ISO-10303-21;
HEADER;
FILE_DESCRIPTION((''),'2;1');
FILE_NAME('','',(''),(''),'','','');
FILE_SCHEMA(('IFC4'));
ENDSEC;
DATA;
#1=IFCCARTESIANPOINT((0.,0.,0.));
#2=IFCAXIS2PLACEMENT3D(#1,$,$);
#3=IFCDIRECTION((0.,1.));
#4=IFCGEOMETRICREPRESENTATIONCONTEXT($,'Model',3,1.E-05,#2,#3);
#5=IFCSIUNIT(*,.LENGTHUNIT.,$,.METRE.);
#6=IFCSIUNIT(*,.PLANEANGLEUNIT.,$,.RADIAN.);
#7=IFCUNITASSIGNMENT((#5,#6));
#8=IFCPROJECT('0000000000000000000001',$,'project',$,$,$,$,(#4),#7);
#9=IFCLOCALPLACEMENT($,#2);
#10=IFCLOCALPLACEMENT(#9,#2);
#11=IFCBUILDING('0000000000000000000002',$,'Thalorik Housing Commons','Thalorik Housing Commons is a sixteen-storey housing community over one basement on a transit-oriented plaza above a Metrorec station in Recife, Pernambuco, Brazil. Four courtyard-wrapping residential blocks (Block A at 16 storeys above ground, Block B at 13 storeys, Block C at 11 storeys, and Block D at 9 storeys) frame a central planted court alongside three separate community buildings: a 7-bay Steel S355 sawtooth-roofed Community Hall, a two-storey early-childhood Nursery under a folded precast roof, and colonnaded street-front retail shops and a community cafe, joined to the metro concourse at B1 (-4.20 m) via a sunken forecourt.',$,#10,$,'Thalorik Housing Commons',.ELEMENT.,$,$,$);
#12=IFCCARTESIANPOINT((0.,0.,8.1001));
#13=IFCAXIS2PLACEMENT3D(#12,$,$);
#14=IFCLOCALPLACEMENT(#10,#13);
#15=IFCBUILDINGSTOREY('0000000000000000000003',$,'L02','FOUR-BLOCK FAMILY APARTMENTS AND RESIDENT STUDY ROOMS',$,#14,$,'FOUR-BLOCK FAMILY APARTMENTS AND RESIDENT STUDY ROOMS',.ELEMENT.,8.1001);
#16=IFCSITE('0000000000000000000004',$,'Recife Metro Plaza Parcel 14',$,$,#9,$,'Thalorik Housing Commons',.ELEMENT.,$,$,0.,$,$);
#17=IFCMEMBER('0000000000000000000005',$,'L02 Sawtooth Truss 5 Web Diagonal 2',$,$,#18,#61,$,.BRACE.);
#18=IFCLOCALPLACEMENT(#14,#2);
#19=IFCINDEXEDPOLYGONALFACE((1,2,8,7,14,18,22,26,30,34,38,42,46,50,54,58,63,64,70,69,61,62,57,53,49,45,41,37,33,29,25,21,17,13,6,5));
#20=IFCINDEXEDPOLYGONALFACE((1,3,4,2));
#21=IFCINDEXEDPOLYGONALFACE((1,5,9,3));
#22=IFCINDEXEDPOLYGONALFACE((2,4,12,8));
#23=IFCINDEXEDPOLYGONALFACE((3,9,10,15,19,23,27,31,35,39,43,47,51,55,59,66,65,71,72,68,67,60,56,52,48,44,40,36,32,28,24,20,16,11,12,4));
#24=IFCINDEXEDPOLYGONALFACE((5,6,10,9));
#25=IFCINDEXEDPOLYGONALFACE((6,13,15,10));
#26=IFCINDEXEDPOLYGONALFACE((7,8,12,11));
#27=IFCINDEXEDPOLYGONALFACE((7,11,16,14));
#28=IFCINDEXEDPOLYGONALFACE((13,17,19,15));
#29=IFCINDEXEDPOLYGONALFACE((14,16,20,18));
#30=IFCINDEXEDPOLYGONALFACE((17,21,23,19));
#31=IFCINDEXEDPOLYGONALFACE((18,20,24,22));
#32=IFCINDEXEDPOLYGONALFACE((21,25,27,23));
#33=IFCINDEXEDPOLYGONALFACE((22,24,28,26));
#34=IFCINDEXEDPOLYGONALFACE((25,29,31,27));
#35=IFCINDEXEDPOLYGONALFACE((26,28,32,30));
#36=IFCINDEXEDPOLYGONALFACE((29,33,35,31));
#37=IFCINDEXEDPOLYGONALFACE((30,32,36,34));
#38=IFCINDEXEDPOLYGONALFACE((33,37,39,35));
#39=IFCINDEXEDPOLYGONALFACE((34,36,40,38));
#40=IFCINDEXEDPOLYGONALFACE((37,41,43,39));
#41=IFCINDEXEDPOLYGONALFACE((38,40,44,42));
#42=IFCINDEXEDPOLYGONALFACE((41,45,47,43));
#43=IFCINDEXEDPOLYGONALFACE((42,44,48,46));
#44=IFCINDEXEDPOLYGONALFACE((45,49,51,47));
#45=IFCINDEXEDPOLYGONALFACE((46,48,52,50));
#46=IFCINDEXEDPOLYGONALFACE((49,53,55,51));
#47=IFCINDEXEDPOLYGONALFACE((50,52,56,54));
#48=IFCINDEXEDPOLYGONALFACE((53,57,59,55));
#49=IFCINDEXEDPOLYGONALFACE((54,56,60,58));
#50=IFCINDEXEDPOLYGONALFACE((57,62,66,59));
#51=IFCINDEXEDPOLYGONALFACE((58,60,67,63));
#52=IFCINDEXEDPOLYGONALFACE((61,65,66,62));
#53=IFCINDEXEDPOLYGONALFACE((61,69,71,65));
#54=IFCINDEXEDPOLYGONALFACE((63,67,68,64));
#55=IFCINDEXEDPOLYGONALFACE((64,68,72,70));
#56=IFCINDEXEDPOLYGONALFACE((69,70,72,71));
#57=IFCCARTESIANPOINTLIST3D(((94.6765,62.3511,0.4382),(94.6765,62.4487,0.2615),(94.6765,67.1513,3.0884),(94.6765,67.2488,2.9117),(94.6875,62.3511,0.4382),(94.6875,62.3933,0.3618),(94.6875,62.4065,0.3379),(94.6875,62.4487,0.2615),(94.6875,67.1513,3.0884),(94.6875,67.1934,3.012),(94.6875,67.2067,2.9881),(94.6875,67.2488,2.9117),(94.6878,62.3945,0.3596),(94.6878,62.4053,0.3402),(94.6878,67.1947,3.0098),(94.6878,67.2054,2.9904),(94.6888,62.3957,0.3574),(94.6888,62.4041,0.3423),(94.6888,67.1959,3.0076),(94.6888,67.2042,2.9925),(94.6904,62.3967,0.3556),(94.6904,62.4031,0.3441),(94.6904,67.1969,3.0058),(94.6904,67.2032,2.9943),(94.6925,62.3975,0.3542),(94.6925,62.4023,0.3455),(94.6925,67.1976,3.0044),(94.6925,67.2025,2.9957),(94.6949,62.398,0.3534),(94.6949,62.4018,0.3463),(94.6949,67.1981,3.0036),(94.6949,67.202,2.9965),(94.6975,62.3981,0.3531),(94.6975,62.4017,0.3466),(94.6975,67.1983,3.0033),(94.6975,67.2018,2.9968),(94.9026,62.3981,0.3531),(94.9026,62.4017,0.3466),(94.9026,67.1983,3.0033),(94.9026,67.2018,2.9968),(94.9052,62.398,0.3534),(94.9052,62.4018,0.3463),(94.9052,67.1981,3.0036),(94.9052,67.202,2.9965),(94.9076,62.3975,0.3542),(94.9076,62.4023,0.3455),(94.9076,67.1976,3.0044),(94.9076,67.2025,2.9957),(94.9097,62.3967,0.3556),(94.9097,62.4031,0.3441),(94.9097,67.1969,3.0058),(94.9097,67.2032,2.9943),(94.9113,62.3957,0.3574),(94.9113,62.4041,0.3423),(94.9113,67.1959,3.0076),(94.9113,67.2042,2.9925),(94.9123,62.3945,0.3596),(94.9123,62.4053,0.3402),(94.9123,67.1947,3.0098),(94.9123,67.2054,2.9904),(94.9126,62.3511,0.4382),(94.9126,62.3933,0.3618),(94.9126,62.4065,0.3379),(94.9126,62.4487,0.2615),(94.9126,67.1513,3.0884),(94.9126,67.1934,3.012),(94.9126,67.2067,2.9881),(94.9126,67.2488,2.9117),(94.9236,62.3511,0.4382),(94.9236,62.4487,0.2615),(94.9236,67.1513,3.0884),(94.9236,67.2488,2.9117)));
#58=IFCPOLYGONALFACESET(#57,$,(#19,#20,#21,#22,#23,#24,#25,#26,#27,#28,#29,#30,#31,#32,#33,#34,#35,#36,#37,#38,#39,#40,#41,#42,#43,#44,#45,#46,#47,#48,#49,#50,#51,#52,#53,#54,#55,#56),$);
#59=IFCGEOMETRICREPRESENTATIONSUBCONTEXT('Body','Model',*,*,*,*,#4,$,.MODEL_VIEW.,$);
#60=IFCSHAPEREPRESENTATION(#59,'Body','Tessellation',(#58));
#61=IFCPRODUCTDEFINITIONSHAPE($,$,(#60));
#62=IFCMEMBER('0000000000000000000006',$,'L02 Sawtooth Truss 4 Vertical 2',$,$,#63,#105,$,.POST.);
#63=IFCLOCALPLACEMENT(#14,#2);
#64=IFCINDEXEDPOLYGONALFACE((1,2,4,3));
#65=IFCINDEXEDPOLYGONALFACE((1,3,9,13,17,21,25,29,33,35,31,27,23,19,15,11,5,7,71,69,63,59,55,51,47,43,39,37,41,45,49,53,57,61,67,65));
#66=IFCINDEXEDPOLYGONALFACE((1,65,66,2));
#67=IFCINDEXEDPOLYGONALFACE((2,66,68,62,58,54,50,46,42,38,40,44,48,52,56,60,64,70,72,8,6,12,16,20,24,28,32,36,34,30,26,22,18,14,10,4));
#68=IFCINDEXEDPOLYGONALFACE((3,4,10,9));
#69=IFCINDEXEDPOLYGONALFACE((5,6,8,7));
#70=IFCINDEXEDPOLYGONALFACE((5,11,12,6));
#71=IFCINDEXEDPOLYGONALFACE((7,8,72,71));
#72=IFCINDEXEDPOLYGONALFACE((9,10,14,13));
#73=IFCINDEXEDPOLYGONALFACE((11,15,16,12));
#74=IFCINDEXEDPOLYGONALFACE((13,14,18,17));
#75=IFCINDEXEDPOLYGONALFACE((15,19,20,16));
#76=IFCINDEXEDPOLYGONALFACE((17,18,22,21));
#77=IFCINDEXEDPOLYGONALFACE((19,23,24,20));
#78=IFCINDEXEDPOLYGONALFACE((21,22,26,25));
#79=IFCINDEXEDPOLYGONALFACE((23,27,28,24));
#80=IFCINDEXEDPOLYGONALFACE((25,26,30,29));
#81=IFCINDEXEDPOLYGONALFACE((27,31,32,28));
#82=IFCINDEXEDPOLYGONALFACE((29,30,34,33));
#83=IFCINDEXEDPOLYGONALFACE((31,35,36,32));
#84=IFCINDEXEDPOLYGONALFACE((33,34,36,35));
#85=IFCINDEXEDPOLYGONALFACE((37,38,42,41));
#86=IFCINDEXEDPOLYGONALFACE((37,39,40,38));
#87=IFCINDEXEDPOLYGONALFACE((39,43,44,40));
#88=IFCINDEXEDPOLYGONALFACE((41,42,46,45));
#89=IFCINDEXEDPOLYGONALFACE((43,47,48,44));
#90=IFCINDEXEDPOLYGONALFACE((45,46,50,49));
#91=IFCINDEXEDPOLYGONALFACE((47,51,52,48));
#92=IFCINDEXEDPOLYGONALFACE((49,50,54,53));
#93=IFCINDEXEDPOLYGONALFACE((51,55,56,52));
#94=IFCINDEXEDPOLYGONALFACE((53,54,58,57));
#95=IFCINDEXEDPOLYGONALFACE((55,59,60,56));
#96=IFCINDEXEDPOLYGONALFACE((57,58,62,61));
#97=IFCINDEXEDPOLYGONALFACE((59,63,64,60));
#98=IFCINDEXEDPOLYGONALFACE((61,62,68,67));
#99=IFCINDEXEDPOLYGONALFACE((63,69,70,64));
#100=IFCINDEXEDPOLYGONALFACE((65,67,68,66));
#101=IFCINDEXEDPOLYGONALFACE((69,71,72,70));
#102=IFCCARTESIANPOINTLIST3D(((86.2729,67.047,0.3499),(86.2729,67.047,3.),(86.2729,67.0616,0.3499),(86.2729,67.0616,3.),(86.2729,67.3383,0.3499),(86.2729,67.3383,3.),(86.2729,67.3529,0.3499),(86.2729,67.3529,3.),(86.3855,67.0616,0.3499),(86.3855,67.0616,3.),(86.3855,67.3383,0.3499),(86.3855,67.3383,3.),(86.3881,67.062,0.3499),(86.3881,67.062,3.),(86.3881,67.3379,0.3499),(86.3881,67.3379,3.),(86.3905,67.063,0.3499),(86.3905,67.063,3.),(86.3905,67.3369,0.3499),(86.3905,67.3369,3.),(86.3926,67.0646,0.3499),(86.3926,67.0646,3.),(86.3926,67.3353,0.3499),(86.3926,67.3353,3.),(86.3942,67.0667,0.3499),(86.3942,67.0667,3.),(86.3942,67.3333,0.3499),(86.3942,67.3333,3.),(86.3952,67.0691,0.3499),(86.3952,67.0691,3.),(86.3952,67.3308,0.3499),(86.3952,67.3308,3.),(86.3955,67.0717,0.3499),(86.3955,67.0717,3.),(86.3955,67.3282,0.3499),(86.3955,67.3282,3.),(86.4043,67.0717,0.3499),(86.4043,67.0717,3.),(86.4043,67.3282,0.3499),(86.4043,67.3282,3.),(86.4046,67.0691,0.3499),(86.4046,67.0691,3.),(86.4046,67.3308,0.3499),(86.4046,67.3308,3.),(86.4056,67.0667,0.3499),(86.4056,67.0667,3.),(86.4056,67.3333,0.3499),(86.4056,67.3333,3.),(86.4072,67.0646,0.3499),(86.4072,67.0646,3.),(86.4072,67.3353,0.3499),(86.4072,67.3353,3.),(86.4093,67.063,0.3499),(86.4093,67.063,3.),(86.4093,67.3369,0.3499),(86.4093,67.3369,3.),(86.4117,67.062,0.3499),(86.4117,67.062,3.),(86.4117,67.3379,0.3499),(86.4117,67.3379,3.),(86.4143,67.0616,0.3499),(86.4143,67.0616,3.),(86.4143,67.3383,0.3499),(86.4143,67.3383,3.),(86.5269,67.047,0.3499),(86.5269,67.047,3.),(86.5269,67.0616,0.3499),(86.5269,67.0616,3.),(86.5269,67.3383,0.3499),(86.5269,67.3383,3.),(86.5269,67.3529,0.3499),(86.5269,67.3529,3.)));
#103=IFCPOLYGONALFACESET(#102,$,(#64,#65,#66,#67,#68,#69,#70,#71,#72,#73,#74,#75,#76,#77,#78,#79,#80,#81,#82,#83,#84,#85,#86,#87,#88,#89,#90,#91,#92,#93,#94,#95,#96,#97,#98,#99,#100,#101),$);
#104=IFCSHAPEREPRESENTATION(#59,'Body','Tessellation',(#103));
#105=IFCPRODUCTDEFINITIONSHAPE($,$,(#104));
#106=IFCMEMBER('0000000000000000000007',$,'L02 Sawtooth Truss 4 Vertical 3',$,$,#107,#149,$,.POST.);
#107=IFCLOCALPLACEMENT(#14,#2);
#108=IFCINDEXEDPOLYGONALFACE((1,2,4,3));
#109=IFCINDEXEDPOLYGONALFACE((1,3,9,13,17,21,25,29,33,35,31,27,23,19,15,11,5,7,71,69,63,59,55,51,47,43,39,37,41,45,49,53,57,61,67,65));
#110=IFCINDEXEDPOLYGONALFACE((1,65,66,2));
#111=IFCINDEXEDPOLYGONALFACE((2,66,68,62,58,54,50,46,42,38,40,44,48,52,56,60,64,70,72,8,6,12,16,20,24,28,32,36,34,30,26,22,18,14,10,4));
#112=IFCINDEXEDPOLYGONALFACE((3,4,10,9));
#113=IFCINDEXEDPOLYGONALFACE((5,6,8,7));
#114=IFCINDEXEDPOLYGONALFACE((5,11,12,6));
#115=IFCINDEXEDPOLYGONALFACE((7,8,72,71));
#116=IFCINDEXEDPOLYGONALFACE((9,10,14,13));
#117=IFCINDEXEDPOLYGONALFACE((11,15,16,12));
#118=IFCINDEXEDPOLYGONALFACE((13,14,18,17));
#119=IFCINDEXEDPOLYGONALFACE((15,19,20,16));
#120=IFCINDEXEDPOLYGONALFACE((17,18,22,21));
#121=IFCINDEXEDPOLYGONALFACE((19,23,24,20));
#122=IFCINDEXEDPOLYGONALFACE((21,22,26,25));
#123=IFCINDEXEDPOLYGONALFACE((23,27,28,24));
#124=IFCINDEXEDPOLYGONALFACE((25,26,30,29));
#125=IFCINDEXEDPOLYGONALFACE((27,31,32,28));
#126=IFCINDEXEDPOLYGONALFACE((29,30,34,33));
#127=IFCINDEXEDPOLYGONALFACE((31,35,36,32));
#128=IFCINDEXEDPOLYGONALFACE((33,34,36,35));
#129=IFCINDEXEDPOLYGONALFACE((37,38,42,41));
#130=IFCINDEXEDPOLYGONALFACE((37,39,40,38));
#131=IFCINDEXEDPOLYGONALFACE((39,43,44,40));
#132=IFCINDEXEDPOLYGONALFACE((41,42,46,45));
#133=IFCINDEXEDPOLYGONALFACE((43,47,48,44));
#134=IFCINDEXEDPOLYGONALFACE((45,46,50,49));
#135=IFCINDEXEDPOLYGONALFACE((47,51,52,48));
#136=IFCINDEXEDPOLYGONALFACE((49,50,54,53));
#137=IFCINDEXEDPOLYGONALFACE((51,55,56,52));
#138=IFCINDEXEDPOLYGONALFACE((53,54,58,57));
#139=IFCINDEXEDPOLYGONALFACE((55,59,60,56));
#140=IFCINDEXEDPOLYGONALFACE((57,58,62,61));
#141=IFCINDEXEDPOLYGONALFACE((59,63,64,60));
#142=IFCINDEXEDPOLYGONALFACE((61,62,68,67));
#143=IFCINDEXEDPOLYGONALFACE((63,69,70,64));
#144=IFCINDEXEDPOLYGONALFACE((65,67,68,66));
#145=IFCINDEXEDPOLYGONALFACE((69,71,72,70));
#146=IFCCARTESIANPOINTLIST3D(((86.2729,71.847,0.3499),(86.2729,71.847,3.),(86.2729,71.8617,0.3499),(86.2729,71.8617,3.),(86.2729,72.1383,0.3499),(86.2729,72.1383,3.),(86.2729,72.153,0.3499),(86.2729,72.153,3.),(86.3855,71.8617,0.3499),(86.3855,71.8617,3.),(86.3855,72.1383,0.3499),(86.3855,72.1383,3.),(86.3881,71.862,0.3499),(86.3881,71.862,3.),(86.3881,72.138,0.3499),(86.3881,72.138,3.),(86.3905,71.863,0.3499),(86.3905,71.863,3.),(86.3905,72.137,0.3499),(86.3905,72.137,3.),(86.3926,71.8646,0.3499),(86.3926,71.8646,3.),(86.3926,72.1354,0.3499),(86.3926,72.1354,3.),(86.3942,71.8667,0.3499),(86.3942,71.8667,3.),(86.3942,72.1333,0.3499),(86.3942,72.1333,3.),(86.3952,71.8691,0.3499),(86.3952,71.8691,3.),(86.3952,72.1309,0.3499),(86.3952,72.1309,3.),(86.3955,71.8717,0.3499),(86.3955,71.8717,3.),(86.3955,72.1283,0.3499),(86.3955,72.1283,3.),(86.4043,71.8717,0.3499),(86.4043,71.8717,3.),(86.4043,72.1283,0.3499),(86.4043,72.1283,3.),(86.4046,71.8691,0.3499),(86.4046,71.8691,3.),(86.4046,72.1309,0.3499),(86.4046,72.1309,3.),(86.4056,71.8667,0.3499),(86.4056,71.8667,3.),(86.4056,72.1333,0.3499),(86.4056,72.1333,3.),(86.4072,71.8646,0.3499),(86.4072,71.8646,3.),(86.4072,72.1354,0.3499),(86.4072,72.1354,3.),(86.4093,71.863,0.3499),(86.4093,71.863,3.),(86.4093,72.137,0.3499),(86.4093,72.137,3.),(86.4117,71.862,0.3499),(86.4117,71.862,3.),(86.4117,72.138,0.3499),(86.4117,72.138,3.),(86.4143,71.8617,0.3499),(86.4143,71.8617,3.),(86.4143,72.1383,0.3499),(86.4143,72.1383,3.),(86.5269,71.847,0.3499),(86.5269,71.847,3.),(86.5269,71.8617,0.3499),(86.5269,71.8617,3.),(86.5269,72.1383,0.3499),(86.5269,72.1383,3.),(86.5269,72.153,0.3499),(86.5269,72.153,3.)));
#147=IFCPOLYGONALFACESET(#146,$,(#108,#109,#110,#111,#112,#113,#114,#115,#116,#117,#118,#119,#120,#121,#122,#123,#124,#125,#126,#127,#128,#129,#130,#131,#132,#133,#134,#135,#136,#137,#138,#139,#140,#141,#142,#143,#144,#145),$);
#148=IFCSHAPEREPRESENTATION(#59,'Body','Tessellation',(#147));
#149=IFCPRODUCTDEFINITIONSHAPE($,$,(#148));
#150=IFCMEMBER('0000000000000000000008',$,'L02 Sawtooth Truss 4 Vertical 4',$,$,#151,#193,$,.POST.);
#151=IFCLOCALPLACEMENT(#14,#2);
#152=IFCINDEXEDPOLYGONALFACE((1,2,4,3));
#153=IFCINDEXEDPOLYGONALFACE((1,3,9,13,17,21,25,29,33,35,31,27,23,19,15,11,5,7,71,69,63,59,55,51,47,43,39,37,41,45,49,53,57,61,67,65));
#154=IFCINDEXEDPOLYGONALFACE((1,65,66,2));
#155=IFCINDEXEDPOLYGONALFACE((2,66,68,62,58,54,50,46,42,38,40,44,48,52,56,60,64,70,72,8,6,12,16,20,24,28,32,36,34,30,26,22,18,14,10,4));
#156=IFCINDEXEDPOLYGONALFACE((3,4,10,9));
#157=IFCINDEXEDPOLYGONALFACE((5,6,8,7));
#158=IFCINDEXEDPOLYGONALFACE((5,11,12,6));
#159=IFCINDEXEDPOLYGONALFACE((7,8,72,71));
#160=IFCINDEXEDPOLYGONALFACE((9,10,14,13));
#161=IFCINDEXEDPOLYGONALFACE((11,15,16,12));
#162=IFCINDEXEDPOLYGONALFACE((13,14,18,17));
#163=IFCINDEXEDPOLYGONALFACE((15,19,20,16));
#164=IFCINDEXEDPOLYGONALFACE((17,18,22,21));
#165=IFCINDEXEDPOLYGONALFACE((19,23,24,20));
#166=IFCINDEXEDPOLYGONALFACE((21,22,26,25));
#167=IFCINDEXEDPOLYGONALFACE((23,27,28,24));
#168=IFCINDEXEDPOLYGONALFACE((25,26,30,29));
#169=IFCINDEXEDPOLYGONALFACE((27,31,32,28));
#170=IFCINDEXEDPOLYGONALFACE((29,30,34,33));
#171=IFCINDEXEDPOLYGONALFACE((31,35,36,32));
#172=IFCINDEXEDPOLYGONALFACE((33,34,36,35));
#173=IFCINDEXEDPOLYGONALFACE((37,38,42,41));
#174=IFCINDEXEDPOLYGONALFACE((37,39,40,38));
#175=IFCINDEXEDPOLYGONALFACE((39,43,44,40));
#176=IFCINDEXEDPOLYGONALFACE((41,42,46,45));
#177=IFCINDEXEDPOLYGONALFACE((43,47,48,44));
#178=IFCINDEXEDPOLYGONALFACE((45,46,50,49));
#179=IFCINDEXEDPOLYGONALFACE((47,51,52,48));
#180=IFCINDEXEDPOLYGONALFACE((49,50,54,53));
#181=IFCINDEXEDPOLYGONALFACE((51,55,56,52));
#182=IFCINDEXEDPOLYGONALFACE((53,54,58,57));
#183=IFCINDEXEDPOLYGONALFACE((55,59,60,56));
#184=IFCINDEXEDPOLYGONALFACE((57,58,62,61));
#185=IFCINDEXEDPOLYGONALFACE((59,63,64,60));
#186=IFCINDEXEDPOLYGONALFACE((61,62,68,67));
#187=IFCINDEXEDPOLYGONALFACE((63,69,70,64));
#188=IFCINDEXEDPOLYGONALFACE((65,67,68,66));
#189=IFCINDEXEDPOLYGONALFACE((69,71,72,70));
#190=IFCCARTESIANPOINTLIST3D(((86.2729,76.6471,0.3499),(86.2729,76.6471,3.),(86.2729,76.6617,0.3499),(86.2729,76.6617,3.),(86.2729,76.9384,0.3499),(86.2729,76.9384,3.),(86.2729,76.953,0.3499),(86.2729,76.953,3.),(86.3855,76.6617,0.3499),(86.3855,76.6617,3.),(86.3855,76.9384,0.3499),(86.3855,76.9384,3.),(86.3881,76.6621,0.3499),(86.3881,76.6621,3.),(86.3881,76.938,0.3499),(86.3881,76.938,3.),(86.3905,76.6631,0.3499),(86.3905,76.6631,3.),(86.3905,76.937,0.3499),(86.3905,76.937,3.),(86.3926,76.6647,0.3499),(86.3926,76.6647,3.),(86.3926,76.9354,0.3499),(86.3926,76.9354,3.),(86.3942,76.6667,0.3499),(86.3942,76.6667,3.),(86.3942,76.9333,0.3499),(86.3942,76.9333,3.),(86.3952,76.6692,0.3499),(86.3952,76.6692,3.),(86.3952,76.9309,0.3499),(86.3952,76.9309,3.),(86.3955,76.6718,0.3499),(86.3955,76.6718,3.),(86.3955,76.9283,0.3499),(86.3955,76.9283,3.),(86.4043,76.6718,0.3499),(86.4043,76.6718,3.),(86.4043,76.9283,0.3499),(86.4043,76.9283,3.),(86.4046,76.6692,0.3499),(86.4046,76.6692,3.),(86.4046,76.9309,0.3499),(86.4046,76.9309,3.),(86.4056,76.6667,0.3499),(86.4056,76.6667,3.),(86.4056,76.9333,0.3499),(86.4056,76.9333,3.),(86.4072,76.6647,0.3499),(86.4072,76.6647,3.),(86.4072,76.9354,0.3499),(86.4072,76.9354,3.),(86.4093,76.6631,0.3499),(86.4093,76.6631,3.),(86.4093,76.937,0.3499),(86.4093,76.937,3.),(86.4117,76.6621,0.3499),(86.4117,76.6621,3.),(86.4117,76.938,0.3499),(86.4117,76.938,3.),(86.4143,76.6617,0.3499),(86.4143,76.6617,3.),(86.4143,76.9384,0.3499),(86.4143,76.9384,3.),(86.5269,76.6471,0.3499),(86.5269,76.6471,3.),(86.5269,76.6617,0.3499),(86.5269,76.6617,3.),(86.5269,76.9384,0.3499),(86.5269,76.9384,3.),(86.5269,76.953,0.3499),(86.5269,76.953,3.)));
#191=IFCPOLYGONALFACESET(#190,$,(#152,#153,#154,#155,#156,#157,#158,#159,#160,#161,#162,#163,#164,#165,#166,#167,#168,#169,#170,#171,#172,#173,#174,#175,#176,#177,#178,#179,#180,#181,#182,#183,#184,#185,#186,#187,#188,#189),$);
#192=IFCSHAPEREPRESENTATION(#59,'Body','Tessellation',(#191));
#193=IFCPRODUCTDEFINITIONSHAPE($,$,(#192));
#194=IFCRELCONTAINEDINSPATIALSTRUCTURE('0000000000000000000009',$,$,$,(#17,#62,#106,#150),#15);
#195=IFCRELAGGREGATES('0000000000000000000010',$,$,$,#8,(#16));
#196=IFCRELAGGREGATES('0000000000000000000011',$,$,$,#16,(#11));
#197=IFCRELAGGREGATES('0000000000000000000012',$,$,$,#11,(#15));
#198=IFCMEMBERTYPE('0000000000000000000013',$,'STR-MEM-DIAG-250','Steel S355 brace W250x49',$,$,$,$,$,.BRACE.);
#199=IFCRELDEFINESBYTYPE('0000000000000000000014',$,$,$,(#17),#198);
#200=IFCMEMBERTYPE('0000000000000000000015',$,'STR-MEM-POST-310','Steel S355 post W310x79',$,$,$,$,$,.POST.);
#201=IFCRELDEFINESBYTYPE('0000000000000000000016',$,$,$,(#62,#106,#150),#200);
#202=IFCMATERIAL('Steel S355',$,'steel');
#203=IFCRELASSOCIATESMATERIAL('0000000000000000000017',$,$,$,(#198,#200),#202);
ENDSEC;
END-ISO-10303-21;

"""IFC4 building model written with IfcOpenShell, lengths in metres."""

from ifc_helpers import new_model, si_unit, direction, frame, origin, origin_2d, place, context, subcontext, project, spatial, i_section, extrude, material, material_profile, profile_set, type_object, element, save


model = new_model("IFC4")

# Units and contexts
model_context = context("Model", 3, precision=1e-05, world=origin(), true_north=direction((0.0, 1.0)))
body_context = subcontext(model_context, "Body", "Model", "MODEL_VIEW")
ifc_project = project(units=[si_unit("LENGTHUNIT", "METRE"), si_unit("PLANEANGLEUNIT", "RADIAN")], contexts=[model_context])

# Site, building, storey
site_placement = place(None, origin())
site = spatial("IfcSite", under=ifc_project, at=site_placement, Name="Recife Metro Plaza Parcel 14", LongName="Thalorik Housing Commons", CompositionType="ELEMENT", RefElevation=0.0)
building_placement = place(site_placement, origin())
building = spatial("IfcBuilding", under=site, at=building_placement, Name="Thalorik Housing Commons", Description="Thalorik Housing Commons is a sixteen-storey housing community over one basement on a transit-oriented plaza above a Metrorec station in Recife, Pernambuco, Brazil. Four courtyard-wrapping residential blocks (Block A at 16 storeys above ground, Block B at 13 storeys, Block C at 11 storeys, and Block D at 9 storeys) frame a central planted court alongside three separate community buildings: a 7-bay Steel S355 sawtooth-roofed Community Hall, a two-storey early-childhood Nursery under a folded precast roof, and colonnaded street-front retail shops and a community cafe, joined to the metro concourse at B1 (-4.20 m) via a sunken forecourt.", LongName="Thalorik Housing Commons", CompositionType="ELEMENT")
storey_placement = place(building_placement, frame((0.0, 0.0, 8.1001)))
storey = spatial("IfcBuildingStorey", under=building, at=storey_placement, Name="L02", Description="FOUR-BLOCK FAMILY APARTMENTS AND RESIDENT STUDY ROOMS", LongName="FOUR-BLOCK FAMILY APARTMENTS AND RESIDENT STUDY ROOMS", CompositionType="ELEMENT", Elevation=8.1001)

# Shared definitions
ifc_material_1 = material(Name="Steel S355", Category="steel")

# Members
ifc_material_profile_1 = material_profile(ifc_material_1, i_section(OverallWidth=0.2019, OverallDepth=0.2471, WebThickness=0.0073, FlangeThickness=0.011, FilletRadius=0.01, at=origin_2d()), Name="W250x49", Category="steel")
ifc_profile_set_1 = profile_set([ifc_material_profile_1], Name="Steel S355")
member_type_1 = type_object("IfcMemberType", Name="STR-MEM-DIAG-250", Description="Steel S355 brace W250x49", PredefinedType="BRACE", material=ifc_profile_set_1)
for number, where, z_axis, x_axis, name in (
    (1, (94.8, 62.3999, 0.3499), (0.0, 0.875435, 0.483335), (0.0, -0.483335, 0.875435), "L02 Sawtooth Truss 5 Web Diagonal 2"),
):
    element("IfcMember", number, at=place(storey_placement, frame(where, z_axis=z_axis, x_axis=x_axis)), inside=storey, type_object=member_type_1, Name=name, PredefinedType="BRACE", context=body_context, shape_type="SweptSolid", body=[
        extrude(i_section(OverallWidth=0.2019, OverallDepth=0.2471, WebThickness=0.0073, FlangeThickness=0.011, FilletRadius=0.01, at=origin_2d()), origin(), (0.0, 0.0, 1.0), 5.4832),
    ])
ifc_material_profile_2 = material_profile(ifc_material_1, i_section(OverallWidth=0.2539, OverallDepth=0.3059, WebThickness=0.0088, FlangeThickness=0.0146, FilletRadius=0.01, at=origin_2d()), Name="W310x79", Category="steel")
ifc_profile_set_2 = profile_set([ifc_material_profile_2], Name="Steel S355")
member_type_2 = type_object("IfcMemberType", Name="STR-MEM-POST-310", Description="Steel S355 post W310x79", PredefinedType="POST", material=ifc_profile_set_2)
for number, where, z_axis, x_axis, name in (
    (2, (86.3999, 67.2, 0.3499), (0.0, 0.0, 1.0), (1.0, 0.0, 0.0), "L02 Sawtooth Truss 4 Vertical 2"),
    (3, (86.3999, 72.0, 0.3499), (0.0, 0.0, 1.0), (1.0, 0.0, 0.0), "L02 Sawtooth Truss 4 Vertical 3"),
    (4, (86.3999, 76.8, 0.3499), (0.0, 0.0, 1.0), (1.0, 0.0, 0.0), "L02 Sawtooth Truss 4 Vertical 4"),
):
    element("IfcMember", number, at=place(storey_placement, frame(where, z_axis=z_axis, x_axis=x_axis)), inside=storey, type_object=member_type_2, Name=name, PredefinedType="POST", context=body_context, shape_type="SweptSolid", body=[
        extrude(i_section(OverallWidth=0.2539, OverallDepth=0.3059, WebThickness=0.0088, FlangeThickness=0.0146, FilletRadius=0.01, at=origin_2d()), origin(), (0.0, 0.0, 1.0), 2.6501),
    ])

save(model, "model.ifc")
